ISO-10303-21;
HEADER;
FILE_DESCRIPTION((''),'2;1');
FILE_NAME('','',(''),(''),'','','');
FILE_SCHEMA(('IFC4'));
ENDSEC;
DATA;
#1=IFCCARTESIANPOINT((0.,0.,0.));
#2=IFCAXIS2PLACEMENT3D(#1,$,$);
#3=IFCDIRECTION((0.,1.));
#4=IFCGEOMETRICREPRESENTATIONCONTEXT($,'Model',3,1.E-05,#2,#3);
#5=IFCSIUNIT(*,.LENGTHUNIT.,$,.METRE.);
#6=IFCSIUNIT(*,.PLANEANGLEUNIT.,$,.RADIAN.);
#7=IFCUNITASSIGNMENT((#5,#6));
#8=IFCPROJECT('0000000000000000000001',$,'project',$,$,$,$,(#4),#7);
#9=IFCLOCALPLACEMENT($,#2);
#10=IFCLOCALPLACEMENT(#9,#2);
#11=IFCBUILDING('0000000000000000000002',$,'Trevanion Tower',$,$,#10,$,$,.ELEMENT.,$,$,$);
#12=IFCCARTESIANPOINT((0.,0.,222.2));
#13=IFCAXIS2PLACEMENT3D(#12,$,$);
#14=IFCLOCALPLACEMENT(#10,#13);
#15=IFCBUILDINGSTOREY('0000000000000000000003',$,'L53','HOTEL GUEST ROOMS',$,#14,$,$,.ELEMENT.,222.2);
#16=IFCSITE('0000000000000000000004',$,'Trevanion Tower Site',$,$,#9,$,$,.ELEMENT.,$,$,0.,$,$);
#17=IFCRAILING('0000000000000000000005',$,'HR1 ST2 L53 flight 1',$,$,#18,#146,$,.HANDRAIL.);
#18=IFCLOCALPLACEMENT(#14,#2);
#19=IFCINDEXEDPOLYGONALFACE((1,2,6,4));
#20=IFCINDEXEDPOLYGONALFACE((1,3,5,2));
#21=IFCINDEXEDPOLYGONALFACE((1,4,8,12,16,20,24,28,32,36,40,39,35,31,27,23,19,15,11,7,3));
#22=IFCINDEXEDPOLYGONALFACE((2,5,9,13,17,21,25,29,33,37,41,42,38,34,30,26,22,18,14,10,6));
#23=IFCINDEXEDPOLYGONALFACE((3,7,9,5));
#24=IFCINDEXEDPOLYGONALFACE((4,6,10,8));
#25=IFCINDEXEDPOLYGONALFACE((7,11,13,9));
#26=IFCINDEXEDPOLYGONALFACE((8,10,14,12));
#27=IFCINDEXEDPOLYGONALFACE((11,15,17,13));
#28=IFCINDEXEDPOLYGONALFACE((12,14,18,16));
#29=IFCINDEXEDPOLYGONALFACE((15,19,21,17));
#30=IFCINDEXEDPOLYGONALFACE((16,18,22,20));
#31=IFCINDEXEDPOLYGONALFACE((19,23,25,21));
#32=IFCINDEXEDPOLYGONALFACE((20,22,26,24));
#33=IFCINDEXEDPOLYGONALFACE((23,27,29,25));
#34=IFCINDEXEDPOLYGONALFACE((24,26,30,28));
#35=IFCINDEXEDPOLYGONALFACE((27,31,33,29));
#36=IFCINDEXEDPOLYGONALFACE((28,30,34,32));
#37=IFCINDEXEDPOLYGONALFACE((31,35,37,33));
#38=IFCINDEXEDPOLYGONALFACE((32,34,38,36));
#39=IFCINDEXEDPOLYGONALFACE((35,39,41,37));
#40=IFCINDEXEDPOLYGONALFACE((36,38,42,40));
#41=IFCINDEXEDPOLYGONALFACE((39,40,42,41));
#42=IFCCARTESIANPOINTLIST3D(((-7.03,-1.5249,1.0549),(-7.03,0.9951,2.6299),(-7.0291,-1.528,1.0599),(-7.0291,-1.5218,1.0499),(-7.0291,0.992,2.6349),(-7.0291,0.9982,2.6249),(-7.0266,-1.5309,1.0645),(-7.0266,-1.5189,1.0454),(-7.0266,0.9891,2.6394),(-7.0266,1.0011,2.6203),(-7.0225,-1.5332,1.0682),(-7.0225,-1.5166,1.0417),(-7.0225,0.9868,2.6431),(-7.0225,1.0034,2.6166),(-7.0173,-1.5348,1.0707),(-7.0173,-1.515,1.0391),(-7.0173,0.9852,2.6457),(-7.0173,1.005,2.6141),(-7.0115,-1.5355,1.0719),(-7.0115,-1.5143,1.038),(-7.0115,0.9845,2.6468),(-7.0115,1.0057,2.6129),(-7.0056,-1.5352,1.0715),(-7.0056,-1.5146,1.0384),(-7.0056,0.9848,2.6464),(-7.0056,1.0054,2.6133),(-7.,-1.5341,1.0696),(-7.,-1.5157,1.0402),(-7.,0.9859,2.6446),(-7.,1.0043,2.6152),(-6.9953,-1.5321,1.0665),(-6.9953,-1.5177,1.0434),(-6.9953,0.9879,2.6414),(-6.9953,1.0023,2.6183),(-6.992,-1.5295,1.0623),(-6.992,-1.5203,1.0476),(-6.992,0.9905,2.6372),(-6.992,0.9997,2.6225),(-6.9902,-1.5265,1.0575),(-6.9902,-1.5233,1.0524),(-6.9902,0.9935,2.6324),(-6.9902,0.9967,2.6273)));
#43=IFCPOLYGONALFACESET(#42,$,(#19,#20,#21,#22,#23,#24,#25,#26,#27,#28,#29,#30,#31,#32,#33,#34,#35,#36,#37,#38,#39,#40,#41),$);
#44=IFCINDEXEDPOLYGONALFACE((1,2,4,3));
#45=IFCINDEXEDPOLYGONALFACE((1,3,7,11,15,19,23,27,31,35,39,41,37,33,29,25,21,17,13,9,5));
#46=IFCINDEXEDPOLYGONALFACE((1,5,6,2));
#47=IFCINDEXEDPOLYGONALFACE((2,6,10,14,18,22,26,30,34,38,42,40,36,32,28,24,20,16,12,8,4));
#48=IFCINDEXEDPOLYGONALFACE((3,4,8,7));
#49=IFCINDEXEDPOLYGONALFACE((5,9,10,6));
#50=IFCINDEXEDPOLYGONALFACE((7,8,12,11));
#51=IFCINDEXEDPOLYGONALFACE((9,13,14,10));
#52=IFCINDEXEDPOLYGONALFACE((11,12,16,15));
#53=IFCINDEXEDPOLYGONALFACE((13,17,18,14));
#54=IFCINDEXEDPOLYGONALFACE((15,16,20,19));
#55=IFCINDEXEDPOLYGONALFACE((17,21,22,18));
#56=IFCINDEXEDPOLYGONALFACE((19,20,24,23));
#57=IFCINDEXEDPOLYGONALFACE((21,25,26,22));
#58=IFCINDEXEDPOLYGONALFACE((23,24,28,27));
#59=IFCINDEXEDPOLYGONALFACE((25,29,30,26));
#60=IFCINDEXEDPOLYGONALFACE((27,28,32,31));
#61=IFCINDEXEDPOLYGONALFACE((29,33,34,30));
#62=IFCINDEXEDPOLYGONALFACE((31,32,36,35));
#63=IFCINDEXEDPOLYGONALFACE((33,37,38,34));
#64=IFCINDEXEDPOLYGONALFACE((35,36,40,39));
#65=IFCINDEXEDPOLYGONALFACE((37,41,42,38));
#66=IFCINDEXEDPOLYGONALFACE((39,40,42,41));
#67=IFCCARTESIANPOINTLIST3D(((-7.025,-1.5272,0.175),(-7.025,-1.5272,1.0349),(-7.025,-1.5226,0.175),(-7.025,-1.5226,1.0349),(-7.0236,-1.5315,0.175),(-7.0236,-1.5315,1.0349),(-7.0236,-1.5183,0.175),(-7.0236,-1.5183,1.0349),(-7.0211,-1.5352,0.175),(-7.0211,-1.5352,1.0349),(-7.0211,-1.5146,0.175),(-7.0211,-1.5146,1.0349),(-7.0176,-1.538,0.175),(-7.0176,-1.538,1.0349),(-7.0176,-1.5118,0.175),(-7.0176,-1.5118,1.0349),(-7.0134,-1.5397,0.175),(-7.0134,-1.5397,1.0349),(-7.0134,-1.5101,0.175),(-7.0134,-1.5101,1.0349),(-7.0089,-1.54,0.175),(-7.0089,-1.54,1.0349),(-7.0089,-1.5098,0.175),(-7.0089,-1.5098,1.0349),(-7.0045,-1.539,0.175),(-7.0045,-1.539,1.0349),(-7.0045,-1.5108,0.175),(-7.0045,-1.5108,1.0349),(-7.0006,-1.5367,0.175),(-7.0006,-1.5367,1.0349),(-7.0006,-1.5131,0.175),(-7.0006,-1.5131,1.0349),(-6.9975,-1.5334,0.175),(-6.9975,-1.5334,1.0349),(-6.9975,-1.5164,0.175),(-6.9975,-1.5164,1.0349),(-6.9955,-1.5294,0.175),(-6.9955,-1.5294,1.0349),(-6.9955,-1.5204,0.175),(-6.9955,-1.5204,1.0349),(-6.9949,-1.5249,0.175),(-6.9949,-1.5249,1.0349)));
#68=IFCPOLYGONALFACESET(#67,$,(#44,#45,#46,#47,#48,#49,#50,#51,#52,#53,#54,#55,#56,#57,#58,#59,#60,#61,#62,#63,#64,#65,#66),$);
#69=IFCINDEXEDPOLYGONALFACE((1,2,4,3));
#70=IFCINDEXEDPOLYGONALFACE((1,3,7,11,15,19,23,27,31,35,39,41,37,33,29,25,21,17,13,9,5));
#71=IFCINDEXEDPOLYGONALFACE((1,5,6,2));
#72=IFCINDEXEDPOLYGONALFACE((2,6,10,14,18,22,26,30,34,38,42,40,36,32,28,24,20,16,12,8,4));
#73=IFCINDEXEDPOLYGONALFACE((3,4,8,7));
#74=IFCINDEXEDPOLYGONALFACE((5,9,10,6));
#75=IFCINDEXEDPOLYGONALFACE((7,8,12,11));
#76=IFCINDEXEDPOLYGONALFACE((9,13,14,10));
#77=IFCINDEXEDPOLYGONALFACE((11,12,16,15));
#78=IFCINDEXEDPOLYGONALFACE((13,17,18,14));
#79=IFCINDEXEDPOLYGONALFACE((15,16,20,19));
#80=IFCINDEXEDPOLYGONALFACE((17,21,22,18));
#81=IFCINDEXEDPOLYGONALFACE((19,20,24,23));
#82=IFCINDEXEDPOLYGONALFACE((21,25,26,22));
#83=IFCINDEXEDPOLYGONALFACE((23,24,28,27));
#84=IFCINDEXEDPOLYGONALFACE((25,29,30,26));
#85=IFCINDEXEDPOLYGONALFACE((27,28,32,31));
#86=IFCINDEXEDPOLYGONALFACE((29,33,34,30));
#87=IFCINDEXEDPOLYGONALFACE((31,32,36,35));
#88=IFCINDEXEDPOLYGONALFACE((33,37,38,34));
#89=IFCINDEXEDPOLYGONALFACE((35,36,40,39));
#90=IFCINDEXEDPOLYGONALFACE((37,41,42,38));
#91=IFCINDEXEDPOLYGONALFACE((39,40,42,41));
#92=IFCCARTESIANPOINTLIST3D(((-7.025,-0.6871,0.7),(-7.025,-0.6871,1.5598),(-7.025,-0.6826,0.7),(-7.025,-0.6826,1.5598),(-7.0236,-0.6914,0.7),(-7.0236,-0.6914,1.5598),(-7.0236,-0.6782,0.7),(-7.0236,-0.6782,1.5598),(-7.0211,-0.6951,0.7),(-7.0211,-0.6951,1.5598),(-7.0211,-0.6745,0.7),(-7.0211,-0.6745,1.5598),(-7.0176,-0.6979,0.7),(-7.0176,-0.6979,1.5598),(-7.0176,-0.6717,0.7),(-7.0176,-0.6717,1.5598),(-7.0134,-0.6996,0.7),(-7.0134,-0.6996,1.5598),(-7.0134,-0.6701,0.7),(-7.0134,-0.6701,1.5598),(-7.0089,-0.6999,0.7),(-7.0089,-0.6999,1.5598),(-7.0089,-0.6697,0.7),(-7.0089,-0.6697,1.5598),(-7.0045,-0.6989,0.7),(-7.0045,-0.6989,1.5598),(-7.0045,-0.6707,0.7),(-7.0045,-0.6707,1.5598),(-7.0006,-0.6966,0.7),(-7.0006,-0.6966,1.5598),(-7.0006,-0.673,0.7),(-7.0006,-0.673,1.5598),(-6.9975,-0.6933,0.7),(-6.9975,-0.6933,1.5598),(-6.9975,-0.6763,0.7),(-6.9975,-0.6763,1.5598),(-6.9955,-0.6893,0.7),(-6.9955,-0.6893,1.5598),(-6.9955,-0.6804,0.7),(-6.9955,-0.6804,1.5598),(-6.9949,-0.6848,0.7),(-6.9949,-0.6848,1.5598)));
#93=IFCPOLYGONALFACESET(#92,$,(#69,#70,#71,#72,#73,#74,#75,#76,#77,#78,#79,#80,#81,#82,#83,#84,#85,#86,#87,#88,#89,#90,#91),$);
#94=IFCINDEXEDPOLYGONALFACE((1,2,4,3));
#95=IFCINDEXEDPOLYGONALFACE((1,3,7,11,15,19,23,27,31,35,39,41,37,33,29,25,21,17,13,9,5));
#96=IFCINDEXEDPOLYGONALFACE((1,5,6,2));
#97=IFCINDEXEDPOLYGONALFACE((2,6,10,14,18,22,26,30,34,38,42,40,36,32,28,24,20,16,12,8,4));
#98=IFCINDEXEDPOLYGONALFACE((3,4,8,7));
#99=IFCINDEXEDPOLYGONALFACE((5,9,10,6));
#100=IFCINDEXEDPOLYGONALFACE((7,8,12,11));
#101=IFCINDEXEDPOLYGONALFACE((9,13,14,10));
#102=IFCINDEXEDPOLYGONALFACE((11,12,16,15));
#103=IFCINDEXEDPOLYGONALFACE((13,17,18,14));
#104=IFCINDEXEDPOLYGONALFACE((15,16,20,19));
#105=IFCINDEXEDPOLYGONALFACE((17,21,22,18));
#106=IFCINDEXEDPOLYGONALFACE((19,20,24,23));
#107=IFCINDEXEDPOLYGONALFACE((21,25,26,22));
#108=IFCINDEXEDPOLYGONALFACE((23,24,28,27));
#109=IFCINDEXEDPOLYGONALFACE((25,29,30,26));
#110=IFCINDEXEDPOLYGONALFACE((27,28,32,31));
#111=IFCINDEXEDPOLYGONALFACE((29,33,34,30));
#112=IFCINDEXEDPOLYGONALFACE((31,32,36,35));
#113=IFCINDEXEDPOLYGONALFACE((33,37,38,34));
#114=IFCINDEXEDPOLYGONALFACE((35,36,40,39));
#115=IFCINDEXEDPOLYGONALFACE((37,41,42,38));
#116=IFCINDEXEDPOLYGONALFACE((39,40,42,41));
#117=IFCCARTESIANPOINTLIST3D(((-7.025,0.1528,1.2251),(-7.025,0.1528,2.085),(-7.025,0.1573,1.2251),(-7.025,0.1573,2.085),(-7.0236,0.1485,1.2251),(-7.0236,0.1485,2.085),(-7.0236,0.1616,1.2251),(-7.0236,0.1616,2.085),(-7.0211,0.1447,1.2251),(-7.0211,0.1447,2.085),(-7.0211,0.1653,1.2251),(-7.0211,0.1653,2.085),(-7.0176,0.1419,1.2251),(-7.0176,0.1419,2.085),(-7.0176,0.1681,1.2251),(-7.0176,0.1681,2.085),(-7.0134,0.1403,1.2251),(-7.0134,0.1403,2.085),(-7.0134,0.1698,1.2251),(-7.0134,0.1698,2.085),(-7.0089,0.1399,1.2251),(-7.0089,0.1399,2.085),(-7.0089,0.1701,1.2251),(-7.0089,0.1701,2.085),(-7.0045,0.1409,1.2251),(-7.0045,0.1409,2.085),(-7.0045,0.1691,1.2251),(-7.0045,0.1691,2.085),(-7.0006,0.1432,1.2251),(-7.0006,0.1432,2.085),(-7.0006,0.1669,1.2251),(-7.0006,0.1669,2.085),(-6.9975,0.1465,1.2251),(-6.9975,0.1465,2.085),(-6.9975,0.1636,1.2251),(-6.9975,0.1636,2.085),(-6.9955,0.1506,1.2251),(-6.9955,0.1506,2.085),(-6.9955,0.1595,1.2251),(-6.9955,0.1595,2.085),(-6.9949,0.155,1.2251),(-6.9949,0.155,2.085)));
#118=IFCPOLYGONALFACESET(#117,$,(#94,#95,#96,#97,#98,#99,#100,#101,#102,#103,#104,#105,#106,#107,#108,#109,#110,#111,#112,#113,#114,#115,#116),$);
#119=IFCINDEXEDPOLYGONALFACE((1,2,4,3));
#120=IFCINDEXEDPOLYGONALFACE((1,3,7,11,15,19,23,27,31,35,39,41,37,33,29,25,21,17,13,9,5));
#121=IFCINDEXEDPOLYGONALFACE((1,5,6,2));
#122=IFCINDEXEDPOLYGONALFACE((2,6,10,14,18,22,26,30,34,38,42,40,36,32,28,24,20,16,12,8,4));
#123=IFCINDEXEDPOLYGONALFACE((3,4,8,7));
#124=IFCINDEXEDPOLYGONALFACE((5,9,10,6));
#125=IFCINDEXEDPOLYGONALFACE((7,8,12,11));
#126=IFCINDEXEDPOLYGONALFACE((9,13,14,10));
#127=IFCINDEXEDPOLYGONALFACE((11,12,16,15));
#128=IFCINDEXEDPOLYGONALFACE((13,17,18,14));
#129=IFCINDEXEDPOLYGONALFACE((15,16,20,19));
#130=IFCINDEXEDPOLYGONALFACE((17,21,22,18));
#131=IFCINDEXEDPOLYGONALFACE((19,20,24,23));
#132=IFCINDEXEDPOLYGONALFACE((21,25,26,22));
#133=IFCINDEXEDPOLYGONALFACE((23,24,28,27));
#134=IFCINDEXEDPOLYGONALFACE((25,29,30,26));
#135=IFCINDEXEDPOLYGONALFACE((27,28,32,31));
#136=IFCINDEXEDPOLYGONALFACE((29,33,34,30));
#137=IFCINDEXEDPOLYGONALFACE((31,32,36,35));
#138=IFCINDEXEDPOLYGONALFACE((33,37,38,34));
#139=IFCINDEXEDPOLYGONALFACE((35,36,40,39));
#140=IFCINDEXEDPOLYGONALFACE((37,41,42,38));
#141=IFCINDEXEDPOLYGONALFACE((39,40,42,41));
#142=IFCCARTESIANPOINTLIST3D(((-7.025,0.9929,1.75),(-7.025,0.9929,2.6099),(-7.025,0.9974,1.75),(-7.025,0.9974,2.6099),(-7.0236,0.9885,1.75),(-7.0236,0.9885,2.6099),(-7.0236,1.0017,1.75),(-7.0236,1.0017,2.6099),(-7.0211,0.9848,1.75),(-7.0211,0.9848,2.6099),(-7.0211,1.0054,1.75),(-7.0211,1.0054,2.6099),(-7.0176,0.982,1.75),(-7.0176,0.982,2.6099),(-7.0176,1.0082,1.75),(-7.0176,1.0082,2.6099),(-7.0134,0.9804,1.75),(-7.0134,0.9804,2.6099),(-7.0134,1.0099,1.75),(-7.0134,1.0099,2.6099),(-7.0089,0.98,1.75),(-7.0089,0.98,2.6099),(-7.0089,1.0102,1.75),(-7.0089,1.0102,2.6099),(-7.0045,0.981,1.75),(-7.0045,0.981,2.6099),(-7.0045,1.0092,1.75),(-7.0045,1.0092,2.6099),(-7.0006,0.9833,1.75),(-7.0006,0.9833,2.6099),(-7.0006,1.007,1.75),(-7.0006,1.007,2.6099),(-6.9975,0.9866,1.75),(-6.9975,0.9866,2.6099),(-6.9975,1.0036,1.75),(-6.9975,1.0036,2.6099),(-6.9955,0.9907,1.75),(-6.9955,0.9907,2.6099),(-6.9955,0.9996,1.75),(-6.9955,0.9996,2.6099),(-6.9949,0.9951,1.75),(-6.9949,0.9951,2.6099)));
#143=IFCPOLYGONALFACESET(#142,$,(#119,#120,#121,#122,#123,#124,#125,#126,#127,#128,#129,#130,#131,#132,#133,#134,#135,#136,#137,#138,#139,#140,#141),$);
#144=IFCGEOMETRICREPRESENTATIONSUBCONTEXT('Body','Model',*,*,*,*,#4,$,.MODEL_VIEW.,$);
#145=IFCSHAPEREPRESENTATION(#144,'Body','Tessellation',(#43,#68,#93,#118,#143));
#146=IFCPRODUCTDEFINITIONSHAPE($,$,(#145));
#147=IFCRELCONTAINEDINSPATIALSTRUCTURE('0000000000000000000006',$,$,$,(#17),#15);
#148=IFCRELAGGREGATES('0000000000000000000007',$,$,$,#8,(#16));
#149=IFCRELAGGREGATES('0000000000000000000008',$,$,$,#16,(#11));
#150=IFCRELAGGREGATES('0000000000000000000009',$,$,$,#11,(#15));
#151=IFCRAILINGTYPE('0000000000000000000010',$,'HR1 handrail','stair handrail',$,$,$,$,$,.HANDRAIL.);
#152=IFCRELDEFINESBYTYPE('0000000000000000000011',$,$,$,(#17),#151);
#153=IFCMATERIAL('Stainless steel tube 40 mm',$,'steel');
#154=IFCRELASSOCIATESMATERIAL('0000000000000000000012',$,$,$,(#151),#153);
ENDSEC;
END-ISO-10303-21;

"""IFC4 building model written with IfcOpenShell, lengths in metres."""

from ifc_helpers import new_model, si_unit, direction, frame, origin, origin_2d, place, context, subcontext, project, spatial, circle, extrude, material, type_object, element, save


model = new_model("IFC4")

# Units and contexts
model_context = context("Model", 3, precision=1e-05, world=origin(), true_north=direction((0.0, 1.0)))
body_context = subcontext(model_context, "Body", "Model", "MODEL_VIEW")
ifc_project = project(units=[si_unit("LENGTHUNIT", "METRE"), si_unit("PLANEANGLEUNIT", "RADIAN")], contexts=[model_context])

# Site, building, storey
site_placement = place(None, origin())
site = spatial("IfcSite", under=ifc_project, at=site_placement, Name="Trevanion Tower Site", CompositionType="ELEMENT", RefElevation=0.0)
building_placement = place(site_placement, origin())
building = spatial("IfcBuilding", under=site, at=building_placement, Name="Trevanion Tower", CompositionType="ELEMENT")
storey_placement = place(building_placement, frame((0.0, 0.0, 222.2)))
storey = spatial("IfcBuildingStorey", under=building, at=storey_placement, Name="L53", Description="HOTEL GUEST ROOMS", CompositionType="ELEMENT", Elevation=222.2)

# Railing
ifc_material_1 = material(Name="Stainless steel tube 40 mm", Category="steel")
railing_type = type_object("IfcRailingType", Name="HR1 handrail", Description="stair handrail", PredefinedType="HANDRAIL", material=ifc_material_1)
for number, where, name in (
    (1, (-7.01, -1.5249, 0.175), "HR1 ST2 L53 flight 1"),
):
    element("IfcRailing", number, at=place(storey_placement, frame(where)), inside=storey, type_object=railing_type, Name=name, PredefinedType="HANDRAIL", context=body_context, shape_type="SweptSolid", body=[
        extrude(circle(Radius=0.02, at=origin_2d()), frame((0.0, 0.0, 0.8799), z_axis=(0.0, 0.848008, 0.529984), x_axis=(-1.0, 0.0, 0.0)), (0.0, 0.0, 1.0), 2.9717),
        extrude(circle(Radius=0.0151, at=origin_2d()), origin(), (0.0, 0.0, 1.0), 0.8599),
        extrude(circle(Radius=0.0151, at=origin_2d()), frame((0.0, 0.8401, 0.5249)), (0.0, 0.0, 1.0), 0.8599),
        extrude(circle(Radius=0.0151, at=origin_2d()), frame((0.0, 1.6799, 1.05)), (0.0, 0.0, 1.0), 0.8599),
        extrude(circle(Radius=0.0151, at=origin_2d()), frame((0.0, 2.52, 1.575)), (0.0, 0.0, 1.0), 0.8599),
    ])

save(model, "model.ifc")
